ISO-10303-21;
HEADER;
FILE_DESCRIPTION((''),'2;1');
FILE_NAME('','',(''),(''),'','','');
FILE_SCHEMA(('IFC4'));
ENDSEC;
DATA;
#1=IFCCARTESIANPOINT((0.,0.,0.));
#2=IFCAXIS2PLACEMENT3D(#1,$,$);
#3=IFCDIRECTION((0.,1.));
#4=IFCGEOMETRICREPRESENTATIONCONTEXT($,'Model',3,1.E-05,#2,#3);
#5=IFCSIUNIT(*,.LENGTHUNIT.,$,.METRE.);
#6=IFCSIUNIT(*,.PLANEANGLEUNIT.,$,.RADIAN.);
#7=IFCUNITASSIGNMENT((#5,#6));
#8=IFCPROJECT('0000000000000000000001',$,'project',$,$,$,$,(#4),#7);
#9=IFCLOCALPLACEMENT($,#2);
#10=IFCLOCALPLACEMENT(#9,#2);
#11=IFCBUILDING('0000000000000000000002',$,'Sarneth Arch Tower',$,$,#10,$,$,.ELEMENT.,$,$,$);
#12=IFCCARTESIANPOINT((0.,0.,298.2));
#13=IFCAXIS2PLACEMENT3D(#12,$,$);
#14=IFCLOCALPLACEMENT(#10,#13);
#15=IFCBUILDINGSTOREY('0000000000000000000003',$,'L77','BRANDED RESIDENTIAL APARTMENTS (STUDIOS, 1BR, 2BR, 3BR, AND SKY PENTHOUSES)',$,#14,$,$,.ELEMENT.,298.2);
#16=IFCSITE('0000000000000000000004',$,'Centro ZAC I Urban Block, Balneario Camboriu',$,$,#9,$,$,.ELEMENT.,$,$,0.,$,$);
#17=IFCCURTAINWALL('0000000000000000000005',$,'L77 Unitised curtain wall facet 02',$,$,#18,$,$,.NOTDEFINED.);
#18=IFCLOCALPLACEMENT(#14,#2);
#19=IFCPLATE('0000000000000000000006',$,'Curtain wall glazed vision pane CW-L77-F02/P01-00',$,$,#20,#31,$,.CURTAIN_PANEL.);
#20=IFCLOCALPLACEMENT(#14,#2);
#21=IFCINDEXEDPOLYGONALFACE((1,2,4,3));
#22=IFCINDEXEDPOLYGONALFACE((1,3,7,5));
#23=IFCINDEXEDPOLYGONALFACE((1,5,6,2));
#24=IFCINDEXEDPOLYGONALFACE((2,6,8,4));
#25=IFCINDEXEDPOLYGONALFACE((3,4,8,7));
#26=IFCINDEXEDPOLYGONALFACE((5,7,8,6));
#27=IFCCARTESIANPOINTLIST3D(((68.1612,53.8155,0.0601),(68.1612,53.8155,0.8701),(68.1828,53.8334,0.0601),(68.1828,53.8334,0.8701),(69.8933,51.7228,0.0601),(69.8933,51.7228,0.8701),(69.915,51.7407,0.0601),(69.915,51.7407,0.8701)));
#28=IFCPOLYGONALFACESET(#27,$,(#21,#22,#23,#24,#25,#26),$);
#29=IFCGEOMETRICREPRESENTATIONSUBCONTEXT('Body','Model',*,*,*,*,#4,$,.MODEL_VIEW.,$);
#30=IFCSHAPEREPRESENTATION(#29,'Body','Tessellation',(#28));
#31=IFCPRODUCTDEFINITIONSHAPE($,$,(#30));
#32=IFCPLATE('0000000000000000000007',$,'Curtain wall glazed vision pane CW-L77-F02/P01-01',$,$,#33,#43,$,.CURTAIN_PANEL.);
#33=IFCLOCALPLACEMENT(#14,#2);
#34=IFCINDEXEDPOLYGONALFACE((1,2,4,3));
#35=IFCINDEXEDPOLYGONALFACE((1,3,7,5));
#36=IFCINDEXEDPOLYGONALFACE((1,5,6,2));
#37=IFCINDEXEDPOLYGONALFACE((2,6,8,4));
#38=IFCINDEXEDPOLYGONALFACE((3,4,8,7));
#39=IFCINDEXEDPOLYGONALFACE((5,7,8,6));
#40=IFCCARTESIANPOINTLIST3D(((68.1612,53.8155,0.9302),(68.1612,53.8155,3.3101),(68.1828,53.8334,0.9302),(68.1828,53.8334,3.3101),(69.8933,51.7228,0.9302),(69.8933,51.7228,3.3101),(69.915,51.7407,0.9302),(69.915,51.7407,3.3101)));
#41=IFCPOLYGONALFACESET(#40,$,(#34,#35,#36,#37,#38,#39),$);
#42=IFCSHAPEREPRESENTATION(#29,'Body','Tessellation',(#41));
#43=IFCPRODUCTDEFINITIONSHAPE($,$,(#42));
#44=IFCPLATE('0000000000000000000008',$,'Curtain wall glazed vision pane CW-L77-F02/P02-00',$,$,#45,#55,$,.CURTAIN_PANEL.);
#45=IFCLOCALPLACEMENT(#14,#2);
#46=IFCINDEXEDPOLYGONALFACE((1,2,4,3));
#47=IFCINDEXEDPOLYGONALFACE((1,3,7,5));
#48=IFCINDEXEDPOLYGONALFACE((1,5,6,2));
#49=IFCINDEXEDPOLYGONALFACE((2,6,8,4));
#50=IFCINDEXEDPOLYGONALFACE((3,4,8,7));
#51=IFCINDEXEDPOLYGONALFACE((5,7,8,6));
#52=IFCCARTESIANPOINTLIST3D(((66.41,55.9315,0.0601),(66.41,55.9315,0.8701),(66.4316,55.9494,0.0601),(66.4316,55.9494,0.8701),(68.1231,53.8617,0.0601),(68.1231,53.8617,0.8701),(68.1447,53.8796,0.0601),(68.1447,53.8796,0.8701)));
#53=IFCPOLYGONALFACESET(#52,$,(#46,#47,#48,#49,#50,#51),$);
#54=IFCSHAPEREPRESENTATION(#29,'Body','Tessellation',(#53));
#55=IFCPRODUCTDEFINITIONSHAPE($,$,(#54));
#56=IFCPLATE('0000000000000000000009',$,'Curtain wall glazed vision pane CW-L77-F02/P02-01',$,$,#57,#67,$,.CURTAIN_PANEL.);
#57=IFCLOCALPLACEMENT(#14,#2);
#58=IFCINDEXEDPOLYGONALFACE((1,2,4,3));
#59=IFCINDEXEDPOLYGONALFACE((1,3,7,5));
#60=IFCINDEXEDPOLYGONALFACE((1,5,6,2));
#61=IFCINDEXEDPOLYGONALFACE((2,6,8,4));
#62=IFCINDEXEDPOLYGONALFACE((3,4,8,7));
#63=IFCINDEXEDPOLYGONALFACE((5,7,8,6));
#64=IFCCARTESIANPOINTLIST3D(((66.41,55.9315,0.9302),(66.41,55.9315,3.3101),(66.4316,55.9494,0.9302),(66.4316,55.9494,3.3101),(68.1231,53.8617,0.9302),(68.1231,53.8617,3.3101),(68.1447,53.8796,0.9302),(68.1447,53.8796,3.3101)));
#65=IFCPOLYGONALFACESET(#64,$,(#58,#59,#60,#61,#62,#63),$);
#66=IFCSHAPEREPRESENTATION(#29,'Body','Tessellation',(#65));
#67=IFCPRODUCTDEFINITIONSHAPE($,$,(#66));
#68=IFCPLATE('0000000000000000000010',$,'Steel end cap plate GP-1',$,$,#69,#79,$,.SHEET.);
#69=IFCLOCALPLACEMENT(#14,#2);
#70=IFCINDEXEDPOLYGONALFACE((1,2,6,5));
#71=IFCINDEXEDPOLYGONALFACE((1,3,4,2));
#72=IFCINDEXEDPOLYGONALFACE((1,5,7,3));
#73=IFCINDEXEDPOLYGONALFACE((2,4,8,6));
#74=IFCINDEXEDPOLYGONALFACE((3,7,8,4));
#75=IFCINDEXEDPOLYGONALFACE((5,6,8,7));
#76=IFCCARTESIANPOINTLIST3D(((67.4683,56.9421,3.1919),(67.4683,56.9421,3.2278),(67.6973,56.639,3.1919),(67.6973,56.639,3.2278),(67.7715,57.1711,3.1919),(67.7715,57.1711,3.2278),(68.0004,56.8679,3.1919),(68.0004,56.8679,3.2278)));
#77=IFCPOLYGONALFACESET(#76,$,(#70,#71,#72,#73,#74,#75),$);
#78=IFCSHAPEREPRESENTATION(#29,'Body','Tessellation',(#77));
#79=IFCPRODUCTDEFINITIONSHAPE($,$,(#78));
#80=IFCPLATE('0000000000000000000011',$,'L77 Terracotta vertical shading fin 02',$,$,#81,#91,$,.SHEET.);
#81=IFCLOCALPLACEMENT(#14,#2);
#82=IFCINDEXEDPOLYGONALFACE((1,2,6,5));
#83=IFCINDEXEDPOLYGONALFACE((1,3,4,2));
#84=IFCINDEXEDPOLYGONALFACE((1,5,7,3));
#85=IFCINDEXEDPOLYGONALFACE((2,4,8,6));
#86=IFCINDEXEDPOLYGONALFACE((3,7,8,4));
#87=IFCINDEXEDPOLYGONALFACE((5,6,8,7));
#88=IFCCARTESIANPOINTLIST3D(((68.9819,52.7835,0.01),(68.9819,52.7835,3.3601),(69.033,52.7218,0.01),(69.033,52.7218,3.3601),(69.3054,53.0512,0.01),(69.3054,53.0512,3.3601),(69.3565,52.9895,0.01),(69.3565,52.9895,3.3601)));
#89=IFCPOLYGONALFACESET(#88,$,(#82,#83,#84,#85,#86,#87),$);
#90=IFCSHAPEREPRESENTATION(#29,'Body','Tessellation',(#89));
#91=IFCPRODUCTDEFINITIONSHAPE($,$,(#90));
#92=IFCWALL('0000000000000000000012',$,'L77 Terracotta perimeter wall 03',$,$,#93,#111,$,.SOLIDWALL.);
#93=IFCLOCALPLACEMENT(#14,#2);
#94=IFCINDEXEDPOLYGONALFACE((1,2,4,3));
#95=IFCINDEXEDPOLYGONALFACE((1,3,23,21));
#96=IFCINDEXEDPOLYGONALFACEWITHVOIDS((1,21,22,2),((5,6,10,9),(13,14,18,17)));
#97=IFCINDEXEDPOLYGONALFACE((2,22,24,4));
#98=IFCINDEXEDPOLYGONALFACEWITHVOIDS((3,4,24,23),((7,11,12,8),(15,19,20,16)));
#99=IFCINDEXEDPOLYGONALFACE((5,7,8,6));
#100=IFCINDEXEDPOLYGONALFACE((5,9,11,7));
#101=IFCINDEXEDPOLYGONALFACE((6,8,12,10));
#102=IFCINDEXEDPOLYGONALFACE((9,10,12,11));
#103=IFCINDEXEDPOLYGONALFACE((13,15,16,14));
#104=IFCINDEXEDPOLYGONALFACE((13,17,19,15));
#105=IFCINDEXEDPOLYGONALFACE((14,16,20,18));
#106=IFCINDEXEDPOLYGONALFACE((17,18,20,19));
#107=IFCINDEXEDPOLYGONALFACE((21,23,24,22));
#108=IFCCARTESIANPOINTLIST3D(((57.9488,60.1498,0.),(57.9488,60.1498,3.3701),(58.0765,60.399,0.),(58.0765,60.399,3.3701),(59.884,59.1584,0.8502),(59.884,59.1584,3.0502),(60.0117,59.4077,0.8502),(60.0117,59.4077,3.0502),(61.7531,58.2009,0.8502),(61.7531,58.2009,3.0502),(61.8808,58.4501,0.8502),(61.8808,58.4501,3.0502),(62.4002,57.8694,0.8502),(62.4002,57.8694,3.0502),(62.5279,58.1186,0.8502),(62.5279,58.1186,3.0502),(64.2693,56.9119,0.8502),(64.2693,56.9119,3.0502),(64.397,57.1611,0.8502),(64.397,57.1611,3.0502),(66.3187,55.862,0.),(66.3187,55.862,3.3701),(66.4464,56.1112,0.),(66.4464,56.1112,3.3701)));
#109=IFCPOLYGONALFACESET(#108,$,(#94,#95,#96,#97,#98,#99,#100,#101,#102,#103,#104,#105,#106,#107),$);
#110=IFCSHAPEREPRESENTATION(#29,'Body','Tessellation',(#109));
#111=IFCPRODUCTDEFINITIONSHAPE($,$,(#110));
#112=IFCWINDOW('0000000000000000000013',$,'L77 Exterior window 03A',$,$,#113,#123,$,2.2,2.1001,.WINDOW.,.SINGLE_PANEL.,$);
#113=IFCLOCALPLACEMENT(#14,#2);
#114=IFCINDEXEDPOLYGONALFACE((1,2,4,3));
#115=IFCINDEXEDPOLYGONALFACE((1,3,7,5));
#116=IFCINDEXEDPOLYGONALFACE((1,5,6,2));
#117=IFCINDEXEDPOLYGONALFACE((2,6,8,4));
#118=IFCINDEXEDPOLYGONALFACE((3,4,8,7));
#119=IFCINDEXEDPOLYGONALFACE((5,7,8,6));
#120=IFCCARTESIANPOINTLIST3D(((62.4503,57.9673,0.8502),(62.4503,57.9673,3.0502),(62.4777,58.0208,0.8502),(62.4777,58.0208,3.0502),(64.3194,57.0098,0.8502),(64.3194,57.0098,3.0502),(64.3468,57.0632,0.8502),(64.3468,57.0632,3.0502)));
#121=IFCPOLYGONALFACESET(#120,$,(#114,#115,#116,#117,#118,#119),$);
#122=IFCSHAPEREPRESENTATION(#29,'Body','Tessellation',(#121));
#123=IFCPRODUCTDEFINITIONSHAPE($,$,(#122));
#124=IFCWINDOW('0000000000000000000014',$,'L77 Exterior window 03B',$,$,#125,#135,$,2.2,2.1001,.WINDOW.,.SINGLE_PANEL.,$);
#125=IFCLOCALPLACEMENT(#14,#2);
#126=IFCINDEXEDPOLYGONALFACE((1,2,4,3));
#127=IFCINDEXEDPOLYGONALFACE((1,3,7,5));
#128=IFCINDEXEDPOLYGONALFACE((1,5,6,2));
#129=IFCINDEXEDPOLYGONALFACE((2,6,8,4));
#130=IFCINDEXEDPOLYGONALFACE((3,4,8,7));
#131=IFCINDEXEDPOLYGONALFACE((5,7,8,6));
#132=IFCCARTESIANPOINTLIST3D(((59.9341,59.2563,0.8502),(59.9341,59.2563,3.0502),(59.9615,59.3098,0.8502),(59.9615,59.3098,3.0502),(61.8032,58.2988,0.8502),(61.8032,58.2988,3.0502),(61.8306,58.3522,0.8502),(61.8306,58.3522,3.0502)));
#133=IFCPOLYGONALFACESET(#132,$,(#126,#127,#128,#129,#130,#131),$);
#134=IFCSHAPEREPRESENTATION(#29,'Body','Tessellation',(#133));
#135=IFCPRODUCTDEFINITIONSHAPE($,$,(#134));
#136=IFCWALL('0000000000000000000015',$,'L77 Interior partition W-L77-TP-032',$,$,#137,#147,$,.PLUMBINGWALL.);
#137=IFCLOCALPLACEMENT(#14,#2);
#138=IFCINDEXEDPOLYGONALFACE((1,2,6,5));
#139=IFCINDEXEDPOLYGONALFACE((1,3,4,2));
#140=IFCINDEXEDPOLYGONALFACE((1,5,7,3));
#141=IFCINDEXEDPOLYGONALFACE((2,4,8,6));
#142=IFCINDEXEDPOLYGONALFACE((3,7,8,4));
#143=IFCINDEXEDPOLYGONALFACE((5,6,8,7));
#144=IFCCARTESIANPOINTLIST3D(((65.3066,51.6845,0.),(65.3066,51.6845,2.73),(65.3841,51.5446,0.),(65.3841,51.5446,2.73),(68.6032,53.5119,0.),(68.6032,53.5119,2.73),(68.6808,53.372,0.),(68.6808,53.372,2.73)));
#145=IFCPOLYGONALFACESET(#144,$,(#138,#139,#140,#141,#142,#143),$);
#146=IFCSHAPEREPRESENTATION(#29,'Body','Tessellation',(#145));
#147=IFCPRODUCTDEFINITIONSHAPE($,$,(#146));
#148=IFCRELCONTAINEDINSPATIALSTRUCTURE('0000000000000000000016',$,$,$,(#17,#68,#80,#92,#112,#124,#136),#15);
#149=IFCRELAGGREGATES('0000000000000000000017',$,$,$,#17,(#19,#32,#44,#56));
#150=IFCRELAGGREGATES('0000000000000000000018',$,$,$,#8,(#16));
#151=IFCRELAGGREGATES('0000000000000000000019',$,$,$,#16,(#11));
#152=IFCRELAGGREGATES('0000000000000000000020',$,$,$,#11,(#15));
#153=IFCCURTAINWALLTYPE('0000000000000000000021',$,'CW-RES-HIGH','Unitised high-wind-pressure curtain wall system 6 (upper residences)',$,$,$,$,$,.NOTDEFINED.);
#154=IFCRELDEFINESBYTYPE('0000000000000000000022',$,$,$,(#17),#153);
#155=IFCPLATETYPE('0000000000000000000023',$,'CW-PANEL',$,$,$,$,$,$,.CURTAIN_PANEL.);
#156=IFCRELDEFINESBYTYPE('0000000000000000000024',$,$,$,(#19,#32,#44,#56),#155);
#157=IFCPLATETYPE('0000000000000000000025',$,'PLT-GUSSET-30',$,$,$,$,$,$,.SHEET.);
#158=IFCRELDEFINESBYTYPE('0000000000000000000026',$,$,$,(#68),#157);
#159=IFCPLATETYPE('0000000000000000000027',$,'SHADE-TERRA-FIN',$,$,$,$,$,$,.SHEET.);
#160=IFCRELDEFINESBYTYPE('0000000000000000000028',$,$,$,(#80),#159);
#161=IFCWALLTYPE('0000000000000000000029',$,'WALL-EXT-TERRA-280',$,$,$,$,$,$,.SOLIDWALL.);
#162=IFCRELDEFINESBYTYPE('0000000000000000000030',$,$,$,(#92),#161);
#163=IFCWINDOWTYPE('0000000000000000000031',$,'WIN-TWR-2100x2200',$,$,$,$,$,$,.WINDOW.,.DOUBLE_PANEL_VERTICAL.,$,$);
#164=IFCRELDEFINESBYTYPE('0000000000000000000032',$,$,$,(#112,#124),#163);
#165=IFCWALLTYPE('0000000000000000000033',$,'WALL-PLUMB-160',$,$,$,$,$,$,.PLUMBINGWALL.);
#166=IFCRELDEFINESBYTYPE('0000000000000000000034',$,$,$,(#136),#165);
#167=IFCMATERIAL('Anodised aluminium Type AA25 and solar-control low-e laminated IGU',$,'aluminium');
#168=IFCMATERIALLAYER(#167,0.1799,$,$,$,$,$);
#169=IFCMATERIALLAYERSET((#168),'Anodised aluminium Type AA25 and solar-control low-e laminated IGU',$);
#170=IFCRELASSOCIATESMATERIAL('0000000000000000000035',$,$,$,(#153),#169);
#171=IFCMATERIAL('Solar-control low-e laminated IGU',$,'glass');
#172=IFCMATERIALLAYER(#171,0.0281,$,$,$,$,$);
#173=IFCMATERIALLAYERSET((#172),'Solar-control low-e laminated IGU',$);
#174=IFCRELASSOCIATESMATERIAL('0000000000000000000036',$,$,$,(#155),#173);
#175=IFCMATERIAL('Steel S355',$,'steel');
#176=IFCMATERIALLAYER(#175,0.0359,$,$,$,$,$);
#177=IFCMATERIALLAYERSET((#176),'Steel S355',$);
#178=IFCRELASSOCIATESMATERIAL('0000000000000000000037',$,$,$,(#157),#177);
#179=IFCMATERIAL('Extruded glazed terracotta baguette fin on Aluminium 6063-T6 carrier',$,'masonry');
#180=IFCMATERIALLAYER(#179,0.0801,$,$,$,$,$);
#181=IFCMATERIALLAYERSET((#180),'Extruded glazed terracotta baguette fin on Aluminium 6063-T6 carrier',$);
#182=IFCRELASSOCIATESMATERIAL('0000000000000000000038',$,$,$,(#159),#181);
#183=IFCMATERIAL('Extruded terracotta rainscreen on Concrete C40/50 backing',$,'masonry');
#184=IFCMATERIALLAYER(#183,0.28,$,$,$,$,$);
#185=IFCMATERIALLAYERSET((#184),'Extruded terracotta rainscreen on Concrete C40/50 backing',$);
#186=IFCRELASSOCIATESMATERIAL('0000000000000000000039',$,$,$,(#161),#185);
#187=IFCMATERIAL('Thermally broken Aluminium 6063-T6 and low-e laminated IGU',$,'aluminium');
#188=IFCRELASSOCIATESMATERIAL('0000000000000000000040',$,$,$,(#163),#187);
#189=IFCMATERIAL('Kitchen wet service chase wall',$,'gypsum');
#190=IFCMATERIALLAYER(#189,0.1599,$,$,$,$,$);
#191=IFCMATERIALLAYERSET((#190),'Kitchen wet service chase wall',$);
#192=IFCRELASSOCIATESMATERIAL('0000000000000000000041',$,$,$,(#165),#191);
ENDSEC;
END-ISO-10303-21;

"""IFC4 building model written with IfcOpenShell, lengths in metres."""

from ifc_helpers import new_model, si_unit, direction, frame, frame_2d, origin, origin_2d, place, context, subcontext, project, spatial, rectangle, extrude, material, layer, layer_set, type_object, element, fill, aggregate, save


model = new_model("IFC4")

# Units and contexts
model_context = context("Model", 3, precision=1e-05, world=origin(), true_north=direction((0.0, 1.0)))
body_context = subcontext(model_context, "Body", "Model", "MODEL_VIEW")
ifc_project = project(units=[si_unit("LENGTHUNIT", "METRE"), si_unit("PLANEANGLEUNIT", "RADIAN")], contexts=[model_context])

# Site, building, storey
site_placement = place(None, origin())
site = spatial("IfcSite", under=ifc_project, at=site_placement, Name="Centro ZAC I Urban Block, Balneario Camboriu", CompositionType="ELEMENT", RefElevation=0.0)
building_placement = place(site_placement, origin())
building = spatial("IfcBuilding", under=site, at=building_placement, Name="Sarneth Arch Tower", CompositionType="ELEMENT")
storey_placement = place(building_placement, frame((0.0, 0.0, 298.2)))
storey = spatial("IfcBuildingStorey", under=building, at=storey_placement, Name="L77", Description="BRANDED RESIDENTIAL APARTMENTS (STUDIOS, 1BR, 2BR, 3BR, AND SKY PENTHOUSES)", CompositionType="ELEMENT", Elevation=298.2)

# Curtain wall
ifc_material_1 = material(Name="Anodised aluminium Type AA25 and solar-control low-e laminated IGU", Category="aluminium")
ifc_layer_1 = layer(ifc_material_1, 0.1799)
ifc_layer_set_1 = layer_set([ifc_layer_1], Name="Anodised aluminium Type AA25 and solar-control low-e laminated IGU")
curtain_wall_type = type_object("IfcCurtainWallType", Name="CW-RES-HIGH", Description="Unitised high-wind-pressure curtain wall system 6 (upper residences)", PredefinedType="NOTDEFINED", material=ifc_layer_set_1)
curtain_wall_placement = place(storey_placement, origin())
curtain_wall = element("IfcCurtainWall", 1, at=curtain_wall_placement, inside=storey, type_object=curtain_wall_type, Name="L77 Unitised curtain wall facet 02", PredefinedType="NOTDEFINED")

# Plates
ifc_material_2 = material(Name="Solar-control low-e laminated IGU", Category="glass")
ifc_layer_2 = layer(ifc_material_2, 0.0281)
ifc_layer_set_2 = layer_set([ifc_layer_2], Name="Solar-control low-e laminated IGU")
plate_type_1 = type_object("IfcPlateType", Name="CW-PANEL", PredefinedType="CURTAIN_PANEL", material=ifc_layer_set_2)
plate_1_placement = place(storey_placement, frame((69.0381, 52.7781, 0.0601), z_axis=(0.0, 0.0, 1.0), x_axis=(-0.63761, 0.770359, 0.0)))
plate_1 = element("IfcPlate", 2, at=plate_1_placement, type_object=plate_type_1, Name="Curtain wall glazed vision pane CW-L77-F02/P01-00", PredefinedType="CURTAIN_PANEL", context=body_context, shape_type="SweptSolid", body=[
    extrude(rectangle(XDim=2.7166, YDim=0.0281, at=origin_2d()), origin(), (0.0, 0.0, 1.0), 0.8101),
])
plate_2_placement = place(storey_placement, frame((69.0381, 52.7781, 0.9302), z_axis=(0.0, 0.0, 1.0), x_axis=(-0.63761, 0.770359, 0.0)))
plate_2 = element("IfcPlate", 3, at=plate_2_placement, type_object=plate_type_1, Name="Curtain wall glazed vision pane CW-L77-F02/P01-01", PredefinedType="CURTAIN_PANEL", context=body_context, shape_type="SweptSolid", body=[
    extrude(rectangle(XDim=2.7166, YDim=0.0281, at=origin_2d()), origin(), (0.0, 0.0, 1.0), 2.3799),
])
plate_3_placement = place(storey_placement, frame((67.2773, 54.9055, 0.0601), z_axis=(0.0, 0.0, 1.0), x_axis=(-0.63761, 0.770359, 0.0)))
plate_3 = element("IfcPlate", 4, at=plate_3_placement, type_object=plate_type_1, Name="Curtain wall glazed vision pane CW-L77-F02/P02-00", PredefinedType="CURTAIN_PANEL", context=body_context, shape_type="SweptSolid", body=[
    extrude(rectangle(XDim=2.6868, YDim=0.0281, at=origin_2d()), origin(), (0.0, 0.0, 1.0), 0.8101),
])
plate_4_placement = place(storey_placement, frame((67.2773, 54.9055, 0.9302), z_axis=(0.0, 0.0, 1.0), x_axis=(-0.63761, 0.770359, 0.0)))
plate_4 = element("IfcPlate", 5, at=plate_4_placement, type_object=plate_type_1, Name="Curtain wall glazed vision pane CW-L77-F02/P02-01", PredefinedType="CURTAIN_PANEL", context=body_context, shape_type="SweptSolid", body=[
    extrude(rectangle(XDim=2.6868, YDim=0.0281, at=origin_2d()), origin(), (0.0, 0.0, 1.0), 2.3799),
])
aggregate(curtain_wall, [plate_1, plate_2, plate_3, plate_4])

# Plates
ifc_material_3 = material(Name="Steel S355", Category="steel")
ifc_layer_3 = layer(ifc_material_3, 0.0359)
ifc_layer_set_3 = layer_set([ifc_layer_3], Name="Steel S355")
plate_type_2 = type_object("IfcPlateType", Name="PLT-GUSSET-30", PredefinedType="SHEET", material=ifc_layer_set_3)
plate_5_placement = place(storey_placement, frame((67.7344, 56.905, 3.1919), z_axis=(0.0, 0.0, 1.0), x_axis=(0.798005, 0.602651, 0.0)))
element("IfcPlate", 6, at=plate_5_placement, inside=storey, type_object=plate_type_2, Name="Steel end cap plate GP-1", PredefinedType="SHEET", context=body_context, shape_type="SweptSolid", body=[
    extrude(rectangle(XDim=0.3799, YDim=0.3799, at=origin_2d()), origin(), (0.0, 0.0, 1.0), 0.0359),
])
ifc_material_4 = material(Name="Extruded glazed terracotta baguette fin on Aluminium 6063-T6 carrier", Category="masonry")
ifc_layer_4 = layer(ifc_material_4, 0.0801)
ifc_layer_set_4 = layer_set([ifc_layer_4], Name="Extruded glazed terracotta baguette fin on Aluminium 6063-T6 carrier")
plate_type_3 = type_object("IfcPlateType", Name="SHADE-TERRA-FIN", PredefinedType="SHEET", material=ifc_layer_set_4)
plate_6_placement = place(storey_placement, frame((69.1692, 52.8865, 0.01), z_axis=(0.0, 0.0, 1.0), x_axis=(0.770402, 0.637558, 0.0)))
element("IfcPlate", 7, at=plate_6_placement, inside=storey, type_object=plate_type_3, Name="L77 Terracotta vertical shading fin 02", PredefinedType="SHEET", context=body_context, shape_type="SweptSolid", body=[
    extrude(rectangle(XDim=0.4199, YDim=0.0801, at=origin_2d()), origin(), (0.0, 0.0, 1.0), 3.3501),
])

# Wall, openings, windows
ifc_material_5 = material(Name="Extruded terracotta rainscreen on Concrete C40/50 backing", Category="masonry")
ifc_layer_5 = layer(ifc_material_5, 0.28)
ifc_layer_set_5 = layer_set([ifc_layer_5], Name="Extruded terracotta rainscreen on Concrete C40/50 backing")
wall_type_1 = type_object("IfcWallType", Name="WALL-EXT-TERRA-280", PredefinedType="SOLIDWALL", material=ifc_layer_set_5)
wall_1_placement = place(storey_placement, frame((66.3826, 55.9866, 0.0), z_axis=(0.0, 0.0, 1.0), x_axis=(-0.890007, 0.455946, 0.0)))
wall_1 = element("IfcWall", 8, at=wall_1_placement, inside=storey, type_object=wall_type_1, Name="L77 Terracotta perimeter wall 03", PredefinedType="SOLIDWALL", context=body_context, shape_type="SweptSolid", body=[
    extrude(rectangle(XDim=9.4043, YDim=0.28, at=frame_2d((4.7021, 0.0))), origin(), (0.0, 0.0, 1.0), 3.3701),
])
opening_1_placement = place(wall_1_placement, frame((2.3027, 0.0, 0.8501)))
opening_1 = element("IfcOpeningElement", 9, at=opening_1_placement, cuts=wall_1, PredefinedType="OPENING", context=body_context, shape_type="SweptSolid", body=[
    extrude(rectangle(XDim=2.1001, YDim=2.2, at=frame_2d((1.05, 1.1001))), frame((0.0, 0.1499, 0.0), z_axis=(0.0, -1.0, 0.0), x_axis=(1.0, 0.0, 0.0)), (0.0, 0.0, 1.0), 0.3),
])
opening_2_placement = place(wall_1_placement, frame((5.1299, 0.0, 0.8501)))
opening_2 = element("IfcOpeningElement", 10, at=opening_2_placement, cuts=wall_1, PredefinedType="OPENING", context=body_context, shape_type="SweptSolid", body=[
    extrude(rectangle(XDim=2.1001, YDim=2.2, at=frame_2d((1.05, 1.1001))), frame((0.0, 0.1499, 0.0), z_axis=(0.0, -1.0, 0.0), x_axis=(1.0, 0.0, 0.0)), (0.0, 0.0, 1.0), 0.3),
])
ifc_material_6 = material(Name="Thermally broken Aluminium 6063-T6 and low-e laminated IGU", Category="aluminium")
window_type = type_object("IfcWindowType", Name="WIN-TWR-2100x2200", PartitioningType="DOUBLE_PANEL_VERTICAL", PredefinedType="WINDOW", material=ifc_material_6)
window_1_placement = place(opening_1_placement, origin())
window_1 = element("IfcWindow", 11, at=window_1_placement, inside=storey, type_object=window_type, Name="L77 Exterior window 03A", OverallHeight=2.2, OverallWidth=2.1001, PartitioningType="SINGLE_PANEL", PredefinedType="WINDOW", context=body_context, shape_type="SweptSolid", body=[
    extrude(rectangle(XDim=2.1001, YDim=2.2, at=frame_2d((1.05, 1.1001))), frame((0.0, 0.03, 0.0), z_axis=(0.0, -1.0, 0.0), x_axis=(1.0, 0.0, 0.0)), (0.0, 0.0, 1.0), 0.0601),
])
fill(opening_1, window_1)
window_2_placement = place(opening_2_placement, origin())
window_2 = element("IfcWindow", 12, at=window_2_placement, inside=storey, type_object=window_type, Name="L77 Exterior window 03B", OverallHeight=2.2, OverallWidth=2.1001, PartitioningType="SINGLE_PANEL", PredefinedType="WINDOW", context=body_context, shape_type="SweptSolid", body=[
    extrude(rectangle(XDim=2.1001, YDim=2.2, at=frame_2d((1.05, 1.1001))), frame((0.0, 0.03, 0.0), z_axis=(0.0, -1.0, 0.0), x_axis=(1.0, 0.0, 0.0)), (0.0, 0.0, 1.0), 0.0601),
])
fill(opening_2, window_2)

# Wall
ifc_material_7 = material(Name="Kitchen wet service chase wall", Category="gypsum")
ifc_layer_6 = layer(ifc_material_7, 0.1599)
ifc_layer_set_6 = layer_set([ifc_layer_6], Name="Kitchen wet service chase wall")
wall_type_2 = type_object("IfcWallType", Name="WALL-PLUMB-160", PredefinedType="PLUMBINGWALL", material=ifc_layer_set_6)
wall_2_placement = place(storey_placement, frame((65.3452, 51.6145, 0.0), z_axis=(0.0, 0.0, 1.0), x_axis=(0.874615, 0.484818, 0.0)))
element("IfcWall", 13, at=wall_2_placement, inside=storey, type_object=wall_type_2, Name="L77 Interior partition W-L77-TP-032", PredefinedType="PLUMBINGWALL", context=body_context, shape_type="SweptSolid", body=[
    extrude(rectangle(XDim=3.7693, YDim=0.1599, at=frame_2d((1.8848, 0.0))), origin(), (0.0, 0.0, 1.0), 2.73),
])

save(model, "model.ifc")
